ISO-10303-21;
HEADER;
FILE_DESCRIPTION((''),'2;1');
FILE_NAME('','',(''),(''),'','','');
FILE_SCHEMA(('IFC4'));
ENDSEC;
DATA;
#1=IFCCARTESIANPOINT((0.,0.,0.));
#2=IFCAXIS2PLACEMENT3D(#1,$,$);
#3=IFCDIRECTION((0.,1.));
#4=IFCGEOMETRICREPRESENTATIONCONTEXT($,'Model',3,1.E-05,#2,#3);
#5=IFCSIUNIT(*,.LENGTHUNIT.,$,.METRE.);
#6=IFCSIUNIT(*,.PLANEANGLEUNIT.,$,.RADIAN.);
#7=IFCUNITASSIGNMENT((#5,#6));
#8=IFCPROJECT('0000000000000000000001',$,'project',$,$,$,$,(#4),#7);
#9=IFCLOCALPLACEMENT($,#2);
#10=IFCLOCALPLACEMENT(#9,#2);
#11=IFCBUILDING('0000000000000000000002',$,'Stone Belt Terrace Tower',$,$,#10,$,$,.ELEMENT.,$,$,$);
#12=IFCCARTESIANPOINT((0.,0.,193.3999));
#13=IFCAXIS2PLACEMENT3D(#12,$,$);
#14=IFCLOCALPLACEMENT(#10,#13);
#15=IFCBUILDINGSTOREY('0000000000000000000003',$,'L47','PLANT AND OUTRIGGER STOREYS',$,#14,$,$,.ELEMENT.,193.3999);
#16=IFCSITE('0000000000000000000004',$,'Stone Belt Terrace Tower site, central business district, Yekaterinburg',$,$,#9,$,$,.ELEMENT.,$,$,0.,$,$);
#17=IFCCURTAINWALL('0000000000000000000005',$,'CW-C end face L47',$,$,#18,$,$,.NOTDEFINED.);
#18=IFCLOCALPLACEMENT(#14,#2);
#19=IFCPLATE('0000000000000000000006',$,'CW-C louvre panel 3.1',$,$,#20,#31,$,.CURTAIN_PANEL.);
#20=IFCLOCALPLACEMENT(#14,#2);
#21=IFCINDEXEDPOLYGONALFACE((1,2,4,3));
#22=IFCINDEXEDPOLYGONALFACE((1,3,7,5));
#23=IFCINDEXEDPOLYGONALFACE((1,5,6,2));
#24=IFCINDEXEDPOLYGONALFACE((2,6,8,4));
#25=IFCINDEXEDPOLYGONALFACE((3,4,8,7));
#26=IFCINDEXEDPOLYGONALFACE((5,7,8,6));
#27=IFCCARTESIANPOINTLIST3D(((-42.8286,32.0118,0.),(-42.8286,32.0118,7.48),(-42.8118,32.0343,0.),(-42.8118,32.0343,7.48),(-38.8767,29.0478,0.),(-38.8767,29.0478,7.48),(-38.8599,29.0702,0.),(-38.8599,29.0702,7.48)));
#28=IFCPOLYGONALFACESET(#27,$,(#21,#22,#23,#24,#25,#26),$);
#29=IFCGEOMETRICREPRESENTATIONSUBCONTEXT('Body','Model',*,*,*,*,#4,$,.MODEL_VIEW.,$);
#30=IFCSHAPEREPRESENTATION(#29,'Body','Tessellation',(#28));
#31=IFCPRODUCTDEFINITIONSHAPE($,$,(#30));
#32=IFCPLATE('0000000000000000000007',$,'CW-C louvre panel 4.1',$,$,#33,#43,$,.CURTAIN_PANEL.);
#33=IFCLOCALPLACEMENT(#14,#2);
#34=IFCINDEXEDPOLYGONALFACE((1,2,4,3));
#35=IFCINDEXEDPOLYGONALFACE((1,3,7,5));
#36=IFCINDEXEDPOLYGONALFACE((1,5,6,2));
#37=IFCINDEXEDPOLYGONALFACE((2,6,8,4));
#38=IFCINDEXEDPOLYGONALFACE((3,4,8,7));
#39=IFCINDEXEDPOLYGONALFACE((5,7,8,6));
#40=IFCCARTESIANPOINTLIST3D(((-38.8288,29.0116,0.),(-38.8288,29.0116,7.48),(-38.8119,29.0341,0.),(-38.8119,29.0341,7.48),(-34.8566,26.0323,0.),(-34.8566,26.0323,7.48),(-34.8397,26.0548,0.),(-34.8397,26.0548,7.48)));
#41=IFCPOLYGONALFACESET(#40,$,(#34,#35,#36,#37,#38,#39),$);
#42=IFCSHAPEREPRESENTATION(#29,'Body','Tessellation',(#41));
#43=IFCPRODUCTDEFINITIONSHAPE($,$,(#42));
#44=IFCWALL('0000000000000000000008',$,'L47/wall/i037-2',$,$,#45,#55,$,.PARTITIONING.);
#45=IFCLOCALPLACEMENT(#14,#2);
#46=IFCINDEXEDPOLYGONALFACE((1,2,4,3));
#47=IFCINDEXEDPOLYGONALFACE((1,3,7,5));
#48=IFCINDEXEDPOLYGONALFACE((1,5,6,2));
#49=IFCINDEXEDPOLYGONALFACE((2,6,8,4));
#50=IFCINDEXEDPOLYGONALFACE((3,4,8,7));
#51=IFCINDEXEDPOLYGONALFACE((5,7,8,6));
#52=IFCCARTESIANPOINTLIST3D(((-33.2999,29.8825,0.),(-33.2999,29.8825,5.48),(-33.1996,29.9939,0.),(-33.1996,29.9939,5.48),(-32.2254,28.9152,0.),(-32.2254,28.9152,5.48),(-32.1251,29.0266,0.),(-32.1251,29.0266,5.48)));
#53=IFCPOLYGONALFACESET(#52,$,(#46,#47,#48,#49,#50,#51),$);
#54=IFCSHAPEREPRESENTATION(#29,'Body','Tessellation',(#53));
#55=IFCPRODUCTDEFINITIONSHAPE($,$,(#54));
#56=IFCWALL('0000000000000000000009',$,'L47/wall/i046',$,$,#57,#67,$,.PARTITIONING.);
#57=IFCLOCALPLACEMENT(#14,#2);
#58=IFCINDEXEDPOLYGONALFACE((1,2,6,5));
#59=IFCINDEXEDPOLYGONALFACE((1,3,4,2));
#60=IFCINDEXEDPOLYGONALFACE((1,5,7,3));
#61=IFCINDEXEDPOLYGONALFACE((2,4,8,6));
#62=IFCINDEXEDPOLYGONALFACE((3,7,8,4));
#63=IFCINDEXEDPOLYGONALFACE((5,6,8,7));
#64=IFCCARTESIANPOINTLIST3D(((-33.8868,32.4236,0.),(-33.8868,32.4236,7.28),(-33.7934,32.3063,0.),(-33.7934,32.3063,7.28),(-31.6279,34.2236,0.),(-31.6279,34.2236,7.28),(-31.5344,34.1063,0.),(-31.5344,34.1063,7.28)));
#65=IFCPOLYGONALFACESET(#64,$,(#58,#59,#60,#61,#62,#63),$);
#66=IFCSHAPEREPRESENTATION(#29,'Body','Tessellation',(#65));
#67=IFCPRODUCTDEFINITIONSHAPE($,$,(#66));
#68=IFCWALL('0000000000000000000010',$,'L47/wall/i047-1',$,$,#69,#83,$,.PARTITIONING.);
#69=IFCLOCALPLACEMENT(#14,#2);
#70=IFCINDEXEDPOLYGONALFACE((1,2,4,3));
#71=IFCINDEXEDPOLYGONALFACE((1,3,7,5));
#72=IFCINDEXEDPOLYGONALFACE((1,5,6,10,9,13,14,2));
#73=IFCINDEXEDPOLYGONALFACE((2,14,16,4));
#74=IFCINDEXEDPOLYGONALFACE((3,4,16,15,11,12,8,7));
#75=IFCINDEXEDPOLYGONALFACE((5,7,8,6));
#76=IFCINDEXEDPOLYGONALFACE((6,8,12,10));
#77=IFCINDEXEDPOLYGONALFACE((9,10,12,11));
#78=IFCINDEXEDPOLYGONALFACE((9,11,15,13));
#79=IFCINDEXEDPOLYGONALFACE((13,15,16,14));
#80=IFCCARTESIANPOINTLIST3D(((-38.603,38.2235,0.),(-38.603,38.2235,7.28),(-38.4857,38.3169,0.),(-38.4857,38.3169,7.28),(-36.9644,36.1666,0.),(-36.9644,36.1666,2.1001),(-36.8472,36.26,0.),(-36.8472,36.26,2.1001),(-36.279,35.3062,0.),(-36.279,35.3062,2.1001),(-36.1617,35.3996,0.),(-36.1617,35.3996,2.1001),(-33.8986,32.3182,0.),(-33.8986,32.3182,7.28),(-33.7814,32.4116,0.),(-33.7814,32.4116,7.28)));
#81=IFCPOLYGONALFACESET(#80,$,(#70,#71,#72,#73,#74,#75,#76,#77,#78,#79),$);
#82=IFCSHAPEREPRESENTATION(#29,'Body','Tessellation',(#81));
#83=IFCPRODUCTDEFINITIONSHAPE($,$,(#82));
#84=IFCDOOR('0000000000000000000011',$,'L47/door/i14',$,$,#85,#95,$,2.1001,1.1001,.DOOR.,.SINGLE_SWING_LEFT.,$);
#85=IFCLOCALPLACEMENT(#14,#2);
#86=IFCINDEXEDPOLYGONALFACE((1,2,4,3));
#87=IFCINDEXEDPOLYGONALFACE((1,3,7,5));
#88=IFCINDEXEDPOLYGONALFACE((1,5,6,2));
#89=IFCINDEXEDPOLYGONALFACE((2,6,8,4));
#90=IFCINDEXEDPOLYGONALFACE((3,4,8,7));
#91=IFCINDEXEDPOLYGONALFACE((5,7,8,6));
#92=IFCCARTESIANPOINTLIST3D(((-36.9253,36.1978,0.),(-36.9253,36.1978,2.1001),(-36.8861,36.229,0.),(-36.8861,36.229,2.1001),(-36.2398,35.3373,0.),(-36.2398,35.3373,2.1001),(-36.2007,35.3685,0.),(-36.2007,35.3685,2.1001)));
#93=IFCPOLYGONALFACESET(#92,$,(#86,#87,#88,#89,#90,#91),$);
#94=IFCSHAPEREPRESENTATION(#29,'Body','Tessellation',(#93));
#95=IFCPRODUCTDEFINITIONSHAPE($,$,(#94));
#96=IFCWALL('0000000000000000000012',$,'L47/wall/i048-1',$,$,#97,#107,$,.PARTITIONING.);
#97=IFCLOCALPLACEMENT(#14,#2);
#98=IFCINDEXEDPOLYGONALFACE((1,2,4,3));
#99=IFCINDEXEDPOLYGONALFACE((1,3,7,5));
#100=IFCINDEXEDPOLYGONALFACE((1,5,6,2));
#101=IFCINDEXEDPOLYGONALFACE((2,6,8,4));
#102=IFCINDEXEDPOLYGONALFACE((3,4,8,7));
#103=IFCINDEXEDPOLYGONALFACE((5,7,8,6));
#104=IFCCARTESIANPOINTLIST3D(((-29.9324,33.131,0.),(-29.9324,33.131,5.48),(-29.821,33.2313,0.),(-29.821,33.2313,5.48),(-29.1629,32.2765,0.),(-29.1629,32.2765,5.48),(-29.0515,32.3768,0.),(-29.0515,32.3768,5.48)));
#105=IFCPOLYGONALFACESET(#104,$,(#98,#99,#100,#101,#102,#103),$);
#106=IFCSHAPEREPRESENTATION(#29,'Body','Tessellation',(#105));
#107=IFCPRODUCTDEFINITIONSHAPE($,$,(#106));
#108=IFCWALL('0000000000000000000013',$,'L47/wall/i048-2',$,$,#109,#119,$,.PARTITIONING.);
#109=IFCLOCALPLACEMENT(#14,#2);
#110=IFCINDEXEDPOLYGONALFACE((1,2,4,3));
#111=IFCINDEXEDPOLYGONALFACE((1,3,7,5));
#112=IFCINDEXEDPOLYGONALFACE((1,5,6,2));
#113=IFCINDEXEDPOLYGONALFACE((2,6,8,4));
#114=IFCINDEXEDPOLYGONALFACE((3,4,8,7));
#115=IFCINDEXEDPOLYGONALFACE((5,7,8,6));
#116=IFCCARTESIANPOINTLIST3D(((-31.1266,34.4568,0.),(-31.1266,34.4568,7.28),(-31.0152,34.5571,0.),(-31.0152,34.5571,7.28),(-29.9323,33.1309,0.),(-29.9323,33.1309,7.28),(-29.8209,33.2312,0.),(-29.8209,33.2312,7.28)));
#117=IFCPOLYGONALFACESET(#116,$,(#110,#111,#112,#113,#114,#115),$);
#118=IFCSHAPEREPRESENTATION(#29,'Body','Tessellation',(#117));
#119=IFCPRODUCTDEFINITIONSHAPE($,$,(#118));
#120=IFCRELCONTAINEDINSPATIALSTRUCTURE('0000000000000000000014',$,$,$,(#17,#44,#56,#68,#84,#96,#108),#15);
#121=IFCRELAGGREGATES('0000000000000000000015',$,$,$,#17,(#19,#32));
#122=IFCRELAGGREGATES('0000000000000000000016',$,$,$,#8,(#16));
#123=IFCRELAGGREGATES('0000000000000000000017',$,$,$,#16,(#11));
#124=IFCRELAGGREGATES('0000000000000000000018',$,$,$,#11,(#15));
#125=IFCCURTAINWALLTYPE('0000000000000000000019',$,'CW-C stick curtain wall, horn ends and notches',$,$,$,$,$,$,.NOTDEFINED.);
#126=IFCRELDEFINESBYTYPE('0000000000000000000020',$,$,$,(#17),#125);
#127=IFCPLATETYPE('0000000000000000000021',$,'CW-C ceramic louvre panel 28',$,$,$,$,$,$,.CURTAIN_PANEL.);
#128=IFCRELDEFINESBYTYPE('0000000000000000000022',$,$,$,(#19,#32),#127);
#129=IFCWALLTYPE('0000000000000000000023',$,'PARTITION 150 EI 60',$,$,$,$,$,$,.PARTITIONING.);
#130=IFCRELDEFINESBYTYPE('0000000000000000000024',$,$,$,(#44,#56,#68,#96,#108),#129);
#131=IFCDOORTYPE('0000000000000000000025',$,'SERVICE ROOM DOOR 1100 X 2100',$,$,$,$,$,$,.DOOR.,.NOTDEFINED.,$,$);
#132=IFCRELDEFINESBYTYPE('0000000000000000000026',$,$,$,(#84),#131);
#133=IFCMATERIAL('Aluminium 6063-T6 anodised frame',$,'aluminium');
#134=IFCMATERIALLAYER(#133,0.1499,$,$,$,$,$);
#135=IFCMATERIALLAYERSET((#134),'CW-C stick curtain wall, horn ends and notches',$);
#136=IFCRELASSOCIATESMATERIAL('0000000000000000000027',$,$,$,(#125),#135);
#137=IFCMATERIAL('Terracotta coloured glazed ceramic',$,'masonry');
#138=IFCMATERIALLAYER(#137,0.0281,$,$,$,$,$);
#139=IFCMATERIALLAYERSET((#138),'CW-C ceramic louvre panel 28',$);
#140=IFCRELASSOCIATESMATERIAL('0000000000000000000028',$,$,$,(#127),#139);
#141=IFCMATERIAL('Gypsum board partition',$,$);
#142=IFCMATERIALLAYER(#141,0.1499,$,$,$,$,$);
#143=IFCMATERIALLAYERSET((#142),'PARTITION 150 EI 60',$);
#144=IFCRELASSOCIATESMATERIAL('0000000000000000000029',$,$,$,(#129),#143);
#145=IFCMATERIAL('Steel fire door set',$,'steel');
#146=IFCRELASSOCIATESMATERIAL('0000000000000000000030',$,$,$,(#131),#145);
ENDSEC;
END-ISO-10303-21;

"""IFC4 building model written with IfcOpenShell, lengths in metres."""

from ifc_helpers import new_model, si_unit, direction, frame, frame_2d, origin, origin_2d, place, context, subcontext, project, spatial, rectangle, extrude, material, layer, layer_set, type_object, element, fill, aggregate, save


model = new_model("IFC4")

# Units and contexts
model_context = context("Model", 3, precision=1e-05, world=origin(), true_north=direction((0.0, 1.0)))
body_context = subcontext(model_context, "Body", "Model", "MODEL_VIEW")
ifc_project = project(units=[si_unit("LENGTHUNIT", "METRE"), si_unit("PLANEANGLEUNIT", "RADIAN")], contexts=[model_context])

# Site, building, storey
site_placement = place(None, origin())
site = spatial("IfcSite", under=ifc_project, at=site_placement, Name="Stone Belt Terrace Tower site, central business district, Yekaterinburg", CompositionType="ELEMENT", RefElevation=0.0)
building_placement = place(site_placement, origin())
building = spatial("IfcBuilding", under=site, at=building_placement, Name="Stone Belt Terrace Tower", CompositionType="ELEMENT")
storey_placement = place(building_placement, frame((0.0, 0.0, 193.3999)))
storey = spatial("IfcBuildingStorey", under=building, at=storey_placement, Name="L47", Description="PLANT AND OUTRIGGER STOREYS", CompositionType="ELEMENT", Elevation=193.3999)

# Curtain wall
ifc_material_1 = material(Name="Aluminium 6063-T6 anodised frame", Category="aluminium")
ifc_layer_1 = layer(ifc_material_1, 0.1499)
ifc_layer_set_1 = layer_set([ifc_layer_1], Name="CW-C stick curtain wall, horn ends and notches")
curtain_wall_type_1 = type_object("IfcCurtainWallType", Name="CW-C stick curtain wall, horn ends and notches", PredefinedType="NOTDEFINED", material=ifc_layer_set_1)
curtain_wall_1_placement = place(storey_placement, origin())
curtain_wall_1 = element("IfcCurtainWall", 1, at=curtain_wall_1_placement, inside=storey, type_object=curtain_wall_type_1, Name="CW-C end face L47", PredefinedType="NOTDEFINED")

# Plates
ifc_material_2 = material(Name="Terracotta coloured glazed ceramic", Category="masonry")
ifc_layer_2 = layer(ifc_material_2, 0.0281)
ifc_layer_set_2 = layer_set([ifc_layer_2], Name="CW-C ceramic louvre panel 28")
plate_type_1 = type_object("IfcPlateType", Name="CW-C ceramic louvre panel 28", PredefinedType="CURTAIN_PANEL", material=ifc_layer_set_2)
plate_1_placement = place(storey_placement, frame((-40.8442, 30.541, 0.0), z_axis=(0.0, 0.0, 1.0), x_axis=(0.799987, -0.600018, 0.0)))
plate_1 = element("IfcPlate", 2, at=plate_1_placement, type_object=plate_type_1, Name="CW-C louvre panel 3.1", PredefinedType="CURTAIN_PANEL", context=body_context, shape_type="SweptSolid", body=[
    extrude(rectangle(XDim=4.9399, YDim=0.0281, at=origin_2d()), origin(), (0.0, 0.0, 1.0), 7.48),
])
plate_2_placement = place(storey_placement, frame((-36.8342, 27.5332, 0.0), z_axis=(0.0, 0.0, 1.0), x_axis=(0.799987, -0.600018, 0.0)))
plate_2 = element("IfcPlate", 3, at=plate_2_placement, type_object=plate_type_1, Name="CW-C louvre panel 4.1", PredefinedType="CURTAIN_PANEL", context=body_context, shape_type="SweptSolid", body=[
    extrude(rectangle(XDim=4.9653, YDim=0.0281, at=origin_2d()), origin(), (0.0, 0.0, 1.0), 7.48),
])
aggregate(curtain_wall_1, [plate_1, plate_2])

# Walls
ifc_material_3 = material(Name="Gypsum board partition")
ifc_layer_3 = layer(ifc_material_3, 0.1499)
ifc_layer_set_3 = layer_set([ifc_layer_3], Name="PARTITION 150 EI 60")
wall_type = type_object("IfcWallType", Name="PARTITION 150 EI 60", PredefinedType="PARTITIONING", material=ifc_layer_set_3)
wall_1_placement = place(storey_placement, frame((-33.2498, 29.9382, 0.0), z_axis=(0.0, 0.0, 1.0), x_axis=(0.743202, -0.669067, 0.0)))
element("IfcWall", 4, at=wall_1_placement, inside=storey, type_object=wall_type, Name="L47/wall/i037-2", PredefinedType="PARTITIONING", context=body_context, shape_type="SweptSolid", body=[
    extrude(rectangle(XDim=1.4458, YDim=0.1499, at=frame_2d((0.7229, 0.0))), origin(), (0.0, 0.0, 1.0), 5.48),
])
wall_2_placement = place(storey_placement, frame((-31.5811, 34.165, 0.0), z_axis=(0.0, 0.0, 1.0), x_axis=(-0.78208, -0.623179, 0.0)))
element("IfcWall", 5, at=wall_2_placement, inside=storey, type_object=wall_type, Name="L47/wall/i046", PredefinedType="PARTITIONING", context=body_context, shape_type="SweptSolid", body=[
    extrude(rectangle(XDim=2.8884, YDim=0.1499, at=frame_2d((1.4443, 0.0))), origin(), (0.0, 0.0, 1.0), 7.28),
])

# Wall, opening, door
wall_3_placement = place(storey_placement, frame((-33.8401, 32.365, 0.0), z_axis=(0.0, 0.0, 1.0), x_axis=(-0.623089, 0.782151, 0.0)))
wall_3 = element("IfcWall", 6, at=wall_3_placement, inside=storey, type_object=wall_type, Name="L47/wall/i047-1", PredefinedType="PARTITIONING", context=body_context, shape_type="SweptSolid", body=[
    extrude(rectangle(XDim=7.55, YDim=0.1499, at=frame_2d((3.7749, 0.0))), origin(), (0.0, 0.0, 1.0), 7.28),
])
opening_placement = place(wall_3_placement, frame((3.8201, 0.0, 0.0)))
opening = element("IfcOpeningElement", 7, at=opening_placement, cuts=wall_3, PredefinedType="OPENING", context=body_context, shape_type="SweptSolid", body=[
    extrude(rectangle(XDim=1.1001, YDim=2.1001, at=frame_2d((0.55, 1.05))), frame((0.0, 0.085, 0.0), z_axis=(0.0, -1.0, 0.0), x_axis=(1.0, 0.0, 0.0)), (0.0, 0.0, 1.0), 0.1699),
])
ifc_material_4 = material(Name="Steel fire door set", Category="steel")
door_type = type_object("IfcDoorType", Name="SERVICE ROOM DOOR 1100 X 2100", OperationType="NOTDEFINED", PredefinedType="DOOR", material=ifc_material_4)
door_placement = place(opening_placement, origin())
door = element("IfcDoor", 8, at=door_placement, inside=storey, type_object=door_type, Name="L47/door/i14", OperationType="SINGLE_SWING_LEFT", OverallHeight=2.1001, OverallWidth=1.1001, PredefinedType="DOOR", context=body_context, shape_type="SweptSolid", body=[
    extrude(rectangle(XDim=1.1001, YDim=2.1001, at=frame_2d((0.55, 1.05))), frame((0.0, 0.0249, 0.0), z_axis=(0.0, -1.0, 0.0), x_axis=(1.0, 0.0, 0.0)), (0.0, 0.0, 1.0), 0.05),
])
fill(opening, door)

# Walls
wall_4_placement = place(storey_placement, frame((-29.1072, 32.3267, 0.0), z_axis=(0.0, 0.0, 1.0), x_axis=(-0.669199, 0.743083, 0.0)))
element("IfcWall", 9, at=wall_4_placement, inside=storey, type_object=wall_type, Name="L47/wall/i048-1", PredefinedType="PARTITIONING", context=body_context, shape_type="SweptSolid", body=[
    extrude(rectangle(XDim=1.1499, YDim=0.1499, at=frame_2d((0.575, 0.0))), origin(), (0.0, 0.0, 1.0), 5.48),
])
wall_5_placement = place(storey_placement, frame((-29.8767, 33.1812, 0.0), z_axis=(0.0, 0.0, 1.0), x_axis=(-0.669275, 0.743015, 0.0)))
element("IfcWall", 10, at=wall_5_placement, inside=storey, type_object=wall_type, Name="L47/wall/i048-2", PredefinedType="PARTITIONING", context=body_context, shape_type="SweptSolid", body=[
    extrude(rectangle(XDim=1.7844, YDim=0.1499, at=frame_2d((0.8921, 0.0))), origin(), (0.0, 0.0, 1.0), 7.28),
])

save(model, "model.ifc")
